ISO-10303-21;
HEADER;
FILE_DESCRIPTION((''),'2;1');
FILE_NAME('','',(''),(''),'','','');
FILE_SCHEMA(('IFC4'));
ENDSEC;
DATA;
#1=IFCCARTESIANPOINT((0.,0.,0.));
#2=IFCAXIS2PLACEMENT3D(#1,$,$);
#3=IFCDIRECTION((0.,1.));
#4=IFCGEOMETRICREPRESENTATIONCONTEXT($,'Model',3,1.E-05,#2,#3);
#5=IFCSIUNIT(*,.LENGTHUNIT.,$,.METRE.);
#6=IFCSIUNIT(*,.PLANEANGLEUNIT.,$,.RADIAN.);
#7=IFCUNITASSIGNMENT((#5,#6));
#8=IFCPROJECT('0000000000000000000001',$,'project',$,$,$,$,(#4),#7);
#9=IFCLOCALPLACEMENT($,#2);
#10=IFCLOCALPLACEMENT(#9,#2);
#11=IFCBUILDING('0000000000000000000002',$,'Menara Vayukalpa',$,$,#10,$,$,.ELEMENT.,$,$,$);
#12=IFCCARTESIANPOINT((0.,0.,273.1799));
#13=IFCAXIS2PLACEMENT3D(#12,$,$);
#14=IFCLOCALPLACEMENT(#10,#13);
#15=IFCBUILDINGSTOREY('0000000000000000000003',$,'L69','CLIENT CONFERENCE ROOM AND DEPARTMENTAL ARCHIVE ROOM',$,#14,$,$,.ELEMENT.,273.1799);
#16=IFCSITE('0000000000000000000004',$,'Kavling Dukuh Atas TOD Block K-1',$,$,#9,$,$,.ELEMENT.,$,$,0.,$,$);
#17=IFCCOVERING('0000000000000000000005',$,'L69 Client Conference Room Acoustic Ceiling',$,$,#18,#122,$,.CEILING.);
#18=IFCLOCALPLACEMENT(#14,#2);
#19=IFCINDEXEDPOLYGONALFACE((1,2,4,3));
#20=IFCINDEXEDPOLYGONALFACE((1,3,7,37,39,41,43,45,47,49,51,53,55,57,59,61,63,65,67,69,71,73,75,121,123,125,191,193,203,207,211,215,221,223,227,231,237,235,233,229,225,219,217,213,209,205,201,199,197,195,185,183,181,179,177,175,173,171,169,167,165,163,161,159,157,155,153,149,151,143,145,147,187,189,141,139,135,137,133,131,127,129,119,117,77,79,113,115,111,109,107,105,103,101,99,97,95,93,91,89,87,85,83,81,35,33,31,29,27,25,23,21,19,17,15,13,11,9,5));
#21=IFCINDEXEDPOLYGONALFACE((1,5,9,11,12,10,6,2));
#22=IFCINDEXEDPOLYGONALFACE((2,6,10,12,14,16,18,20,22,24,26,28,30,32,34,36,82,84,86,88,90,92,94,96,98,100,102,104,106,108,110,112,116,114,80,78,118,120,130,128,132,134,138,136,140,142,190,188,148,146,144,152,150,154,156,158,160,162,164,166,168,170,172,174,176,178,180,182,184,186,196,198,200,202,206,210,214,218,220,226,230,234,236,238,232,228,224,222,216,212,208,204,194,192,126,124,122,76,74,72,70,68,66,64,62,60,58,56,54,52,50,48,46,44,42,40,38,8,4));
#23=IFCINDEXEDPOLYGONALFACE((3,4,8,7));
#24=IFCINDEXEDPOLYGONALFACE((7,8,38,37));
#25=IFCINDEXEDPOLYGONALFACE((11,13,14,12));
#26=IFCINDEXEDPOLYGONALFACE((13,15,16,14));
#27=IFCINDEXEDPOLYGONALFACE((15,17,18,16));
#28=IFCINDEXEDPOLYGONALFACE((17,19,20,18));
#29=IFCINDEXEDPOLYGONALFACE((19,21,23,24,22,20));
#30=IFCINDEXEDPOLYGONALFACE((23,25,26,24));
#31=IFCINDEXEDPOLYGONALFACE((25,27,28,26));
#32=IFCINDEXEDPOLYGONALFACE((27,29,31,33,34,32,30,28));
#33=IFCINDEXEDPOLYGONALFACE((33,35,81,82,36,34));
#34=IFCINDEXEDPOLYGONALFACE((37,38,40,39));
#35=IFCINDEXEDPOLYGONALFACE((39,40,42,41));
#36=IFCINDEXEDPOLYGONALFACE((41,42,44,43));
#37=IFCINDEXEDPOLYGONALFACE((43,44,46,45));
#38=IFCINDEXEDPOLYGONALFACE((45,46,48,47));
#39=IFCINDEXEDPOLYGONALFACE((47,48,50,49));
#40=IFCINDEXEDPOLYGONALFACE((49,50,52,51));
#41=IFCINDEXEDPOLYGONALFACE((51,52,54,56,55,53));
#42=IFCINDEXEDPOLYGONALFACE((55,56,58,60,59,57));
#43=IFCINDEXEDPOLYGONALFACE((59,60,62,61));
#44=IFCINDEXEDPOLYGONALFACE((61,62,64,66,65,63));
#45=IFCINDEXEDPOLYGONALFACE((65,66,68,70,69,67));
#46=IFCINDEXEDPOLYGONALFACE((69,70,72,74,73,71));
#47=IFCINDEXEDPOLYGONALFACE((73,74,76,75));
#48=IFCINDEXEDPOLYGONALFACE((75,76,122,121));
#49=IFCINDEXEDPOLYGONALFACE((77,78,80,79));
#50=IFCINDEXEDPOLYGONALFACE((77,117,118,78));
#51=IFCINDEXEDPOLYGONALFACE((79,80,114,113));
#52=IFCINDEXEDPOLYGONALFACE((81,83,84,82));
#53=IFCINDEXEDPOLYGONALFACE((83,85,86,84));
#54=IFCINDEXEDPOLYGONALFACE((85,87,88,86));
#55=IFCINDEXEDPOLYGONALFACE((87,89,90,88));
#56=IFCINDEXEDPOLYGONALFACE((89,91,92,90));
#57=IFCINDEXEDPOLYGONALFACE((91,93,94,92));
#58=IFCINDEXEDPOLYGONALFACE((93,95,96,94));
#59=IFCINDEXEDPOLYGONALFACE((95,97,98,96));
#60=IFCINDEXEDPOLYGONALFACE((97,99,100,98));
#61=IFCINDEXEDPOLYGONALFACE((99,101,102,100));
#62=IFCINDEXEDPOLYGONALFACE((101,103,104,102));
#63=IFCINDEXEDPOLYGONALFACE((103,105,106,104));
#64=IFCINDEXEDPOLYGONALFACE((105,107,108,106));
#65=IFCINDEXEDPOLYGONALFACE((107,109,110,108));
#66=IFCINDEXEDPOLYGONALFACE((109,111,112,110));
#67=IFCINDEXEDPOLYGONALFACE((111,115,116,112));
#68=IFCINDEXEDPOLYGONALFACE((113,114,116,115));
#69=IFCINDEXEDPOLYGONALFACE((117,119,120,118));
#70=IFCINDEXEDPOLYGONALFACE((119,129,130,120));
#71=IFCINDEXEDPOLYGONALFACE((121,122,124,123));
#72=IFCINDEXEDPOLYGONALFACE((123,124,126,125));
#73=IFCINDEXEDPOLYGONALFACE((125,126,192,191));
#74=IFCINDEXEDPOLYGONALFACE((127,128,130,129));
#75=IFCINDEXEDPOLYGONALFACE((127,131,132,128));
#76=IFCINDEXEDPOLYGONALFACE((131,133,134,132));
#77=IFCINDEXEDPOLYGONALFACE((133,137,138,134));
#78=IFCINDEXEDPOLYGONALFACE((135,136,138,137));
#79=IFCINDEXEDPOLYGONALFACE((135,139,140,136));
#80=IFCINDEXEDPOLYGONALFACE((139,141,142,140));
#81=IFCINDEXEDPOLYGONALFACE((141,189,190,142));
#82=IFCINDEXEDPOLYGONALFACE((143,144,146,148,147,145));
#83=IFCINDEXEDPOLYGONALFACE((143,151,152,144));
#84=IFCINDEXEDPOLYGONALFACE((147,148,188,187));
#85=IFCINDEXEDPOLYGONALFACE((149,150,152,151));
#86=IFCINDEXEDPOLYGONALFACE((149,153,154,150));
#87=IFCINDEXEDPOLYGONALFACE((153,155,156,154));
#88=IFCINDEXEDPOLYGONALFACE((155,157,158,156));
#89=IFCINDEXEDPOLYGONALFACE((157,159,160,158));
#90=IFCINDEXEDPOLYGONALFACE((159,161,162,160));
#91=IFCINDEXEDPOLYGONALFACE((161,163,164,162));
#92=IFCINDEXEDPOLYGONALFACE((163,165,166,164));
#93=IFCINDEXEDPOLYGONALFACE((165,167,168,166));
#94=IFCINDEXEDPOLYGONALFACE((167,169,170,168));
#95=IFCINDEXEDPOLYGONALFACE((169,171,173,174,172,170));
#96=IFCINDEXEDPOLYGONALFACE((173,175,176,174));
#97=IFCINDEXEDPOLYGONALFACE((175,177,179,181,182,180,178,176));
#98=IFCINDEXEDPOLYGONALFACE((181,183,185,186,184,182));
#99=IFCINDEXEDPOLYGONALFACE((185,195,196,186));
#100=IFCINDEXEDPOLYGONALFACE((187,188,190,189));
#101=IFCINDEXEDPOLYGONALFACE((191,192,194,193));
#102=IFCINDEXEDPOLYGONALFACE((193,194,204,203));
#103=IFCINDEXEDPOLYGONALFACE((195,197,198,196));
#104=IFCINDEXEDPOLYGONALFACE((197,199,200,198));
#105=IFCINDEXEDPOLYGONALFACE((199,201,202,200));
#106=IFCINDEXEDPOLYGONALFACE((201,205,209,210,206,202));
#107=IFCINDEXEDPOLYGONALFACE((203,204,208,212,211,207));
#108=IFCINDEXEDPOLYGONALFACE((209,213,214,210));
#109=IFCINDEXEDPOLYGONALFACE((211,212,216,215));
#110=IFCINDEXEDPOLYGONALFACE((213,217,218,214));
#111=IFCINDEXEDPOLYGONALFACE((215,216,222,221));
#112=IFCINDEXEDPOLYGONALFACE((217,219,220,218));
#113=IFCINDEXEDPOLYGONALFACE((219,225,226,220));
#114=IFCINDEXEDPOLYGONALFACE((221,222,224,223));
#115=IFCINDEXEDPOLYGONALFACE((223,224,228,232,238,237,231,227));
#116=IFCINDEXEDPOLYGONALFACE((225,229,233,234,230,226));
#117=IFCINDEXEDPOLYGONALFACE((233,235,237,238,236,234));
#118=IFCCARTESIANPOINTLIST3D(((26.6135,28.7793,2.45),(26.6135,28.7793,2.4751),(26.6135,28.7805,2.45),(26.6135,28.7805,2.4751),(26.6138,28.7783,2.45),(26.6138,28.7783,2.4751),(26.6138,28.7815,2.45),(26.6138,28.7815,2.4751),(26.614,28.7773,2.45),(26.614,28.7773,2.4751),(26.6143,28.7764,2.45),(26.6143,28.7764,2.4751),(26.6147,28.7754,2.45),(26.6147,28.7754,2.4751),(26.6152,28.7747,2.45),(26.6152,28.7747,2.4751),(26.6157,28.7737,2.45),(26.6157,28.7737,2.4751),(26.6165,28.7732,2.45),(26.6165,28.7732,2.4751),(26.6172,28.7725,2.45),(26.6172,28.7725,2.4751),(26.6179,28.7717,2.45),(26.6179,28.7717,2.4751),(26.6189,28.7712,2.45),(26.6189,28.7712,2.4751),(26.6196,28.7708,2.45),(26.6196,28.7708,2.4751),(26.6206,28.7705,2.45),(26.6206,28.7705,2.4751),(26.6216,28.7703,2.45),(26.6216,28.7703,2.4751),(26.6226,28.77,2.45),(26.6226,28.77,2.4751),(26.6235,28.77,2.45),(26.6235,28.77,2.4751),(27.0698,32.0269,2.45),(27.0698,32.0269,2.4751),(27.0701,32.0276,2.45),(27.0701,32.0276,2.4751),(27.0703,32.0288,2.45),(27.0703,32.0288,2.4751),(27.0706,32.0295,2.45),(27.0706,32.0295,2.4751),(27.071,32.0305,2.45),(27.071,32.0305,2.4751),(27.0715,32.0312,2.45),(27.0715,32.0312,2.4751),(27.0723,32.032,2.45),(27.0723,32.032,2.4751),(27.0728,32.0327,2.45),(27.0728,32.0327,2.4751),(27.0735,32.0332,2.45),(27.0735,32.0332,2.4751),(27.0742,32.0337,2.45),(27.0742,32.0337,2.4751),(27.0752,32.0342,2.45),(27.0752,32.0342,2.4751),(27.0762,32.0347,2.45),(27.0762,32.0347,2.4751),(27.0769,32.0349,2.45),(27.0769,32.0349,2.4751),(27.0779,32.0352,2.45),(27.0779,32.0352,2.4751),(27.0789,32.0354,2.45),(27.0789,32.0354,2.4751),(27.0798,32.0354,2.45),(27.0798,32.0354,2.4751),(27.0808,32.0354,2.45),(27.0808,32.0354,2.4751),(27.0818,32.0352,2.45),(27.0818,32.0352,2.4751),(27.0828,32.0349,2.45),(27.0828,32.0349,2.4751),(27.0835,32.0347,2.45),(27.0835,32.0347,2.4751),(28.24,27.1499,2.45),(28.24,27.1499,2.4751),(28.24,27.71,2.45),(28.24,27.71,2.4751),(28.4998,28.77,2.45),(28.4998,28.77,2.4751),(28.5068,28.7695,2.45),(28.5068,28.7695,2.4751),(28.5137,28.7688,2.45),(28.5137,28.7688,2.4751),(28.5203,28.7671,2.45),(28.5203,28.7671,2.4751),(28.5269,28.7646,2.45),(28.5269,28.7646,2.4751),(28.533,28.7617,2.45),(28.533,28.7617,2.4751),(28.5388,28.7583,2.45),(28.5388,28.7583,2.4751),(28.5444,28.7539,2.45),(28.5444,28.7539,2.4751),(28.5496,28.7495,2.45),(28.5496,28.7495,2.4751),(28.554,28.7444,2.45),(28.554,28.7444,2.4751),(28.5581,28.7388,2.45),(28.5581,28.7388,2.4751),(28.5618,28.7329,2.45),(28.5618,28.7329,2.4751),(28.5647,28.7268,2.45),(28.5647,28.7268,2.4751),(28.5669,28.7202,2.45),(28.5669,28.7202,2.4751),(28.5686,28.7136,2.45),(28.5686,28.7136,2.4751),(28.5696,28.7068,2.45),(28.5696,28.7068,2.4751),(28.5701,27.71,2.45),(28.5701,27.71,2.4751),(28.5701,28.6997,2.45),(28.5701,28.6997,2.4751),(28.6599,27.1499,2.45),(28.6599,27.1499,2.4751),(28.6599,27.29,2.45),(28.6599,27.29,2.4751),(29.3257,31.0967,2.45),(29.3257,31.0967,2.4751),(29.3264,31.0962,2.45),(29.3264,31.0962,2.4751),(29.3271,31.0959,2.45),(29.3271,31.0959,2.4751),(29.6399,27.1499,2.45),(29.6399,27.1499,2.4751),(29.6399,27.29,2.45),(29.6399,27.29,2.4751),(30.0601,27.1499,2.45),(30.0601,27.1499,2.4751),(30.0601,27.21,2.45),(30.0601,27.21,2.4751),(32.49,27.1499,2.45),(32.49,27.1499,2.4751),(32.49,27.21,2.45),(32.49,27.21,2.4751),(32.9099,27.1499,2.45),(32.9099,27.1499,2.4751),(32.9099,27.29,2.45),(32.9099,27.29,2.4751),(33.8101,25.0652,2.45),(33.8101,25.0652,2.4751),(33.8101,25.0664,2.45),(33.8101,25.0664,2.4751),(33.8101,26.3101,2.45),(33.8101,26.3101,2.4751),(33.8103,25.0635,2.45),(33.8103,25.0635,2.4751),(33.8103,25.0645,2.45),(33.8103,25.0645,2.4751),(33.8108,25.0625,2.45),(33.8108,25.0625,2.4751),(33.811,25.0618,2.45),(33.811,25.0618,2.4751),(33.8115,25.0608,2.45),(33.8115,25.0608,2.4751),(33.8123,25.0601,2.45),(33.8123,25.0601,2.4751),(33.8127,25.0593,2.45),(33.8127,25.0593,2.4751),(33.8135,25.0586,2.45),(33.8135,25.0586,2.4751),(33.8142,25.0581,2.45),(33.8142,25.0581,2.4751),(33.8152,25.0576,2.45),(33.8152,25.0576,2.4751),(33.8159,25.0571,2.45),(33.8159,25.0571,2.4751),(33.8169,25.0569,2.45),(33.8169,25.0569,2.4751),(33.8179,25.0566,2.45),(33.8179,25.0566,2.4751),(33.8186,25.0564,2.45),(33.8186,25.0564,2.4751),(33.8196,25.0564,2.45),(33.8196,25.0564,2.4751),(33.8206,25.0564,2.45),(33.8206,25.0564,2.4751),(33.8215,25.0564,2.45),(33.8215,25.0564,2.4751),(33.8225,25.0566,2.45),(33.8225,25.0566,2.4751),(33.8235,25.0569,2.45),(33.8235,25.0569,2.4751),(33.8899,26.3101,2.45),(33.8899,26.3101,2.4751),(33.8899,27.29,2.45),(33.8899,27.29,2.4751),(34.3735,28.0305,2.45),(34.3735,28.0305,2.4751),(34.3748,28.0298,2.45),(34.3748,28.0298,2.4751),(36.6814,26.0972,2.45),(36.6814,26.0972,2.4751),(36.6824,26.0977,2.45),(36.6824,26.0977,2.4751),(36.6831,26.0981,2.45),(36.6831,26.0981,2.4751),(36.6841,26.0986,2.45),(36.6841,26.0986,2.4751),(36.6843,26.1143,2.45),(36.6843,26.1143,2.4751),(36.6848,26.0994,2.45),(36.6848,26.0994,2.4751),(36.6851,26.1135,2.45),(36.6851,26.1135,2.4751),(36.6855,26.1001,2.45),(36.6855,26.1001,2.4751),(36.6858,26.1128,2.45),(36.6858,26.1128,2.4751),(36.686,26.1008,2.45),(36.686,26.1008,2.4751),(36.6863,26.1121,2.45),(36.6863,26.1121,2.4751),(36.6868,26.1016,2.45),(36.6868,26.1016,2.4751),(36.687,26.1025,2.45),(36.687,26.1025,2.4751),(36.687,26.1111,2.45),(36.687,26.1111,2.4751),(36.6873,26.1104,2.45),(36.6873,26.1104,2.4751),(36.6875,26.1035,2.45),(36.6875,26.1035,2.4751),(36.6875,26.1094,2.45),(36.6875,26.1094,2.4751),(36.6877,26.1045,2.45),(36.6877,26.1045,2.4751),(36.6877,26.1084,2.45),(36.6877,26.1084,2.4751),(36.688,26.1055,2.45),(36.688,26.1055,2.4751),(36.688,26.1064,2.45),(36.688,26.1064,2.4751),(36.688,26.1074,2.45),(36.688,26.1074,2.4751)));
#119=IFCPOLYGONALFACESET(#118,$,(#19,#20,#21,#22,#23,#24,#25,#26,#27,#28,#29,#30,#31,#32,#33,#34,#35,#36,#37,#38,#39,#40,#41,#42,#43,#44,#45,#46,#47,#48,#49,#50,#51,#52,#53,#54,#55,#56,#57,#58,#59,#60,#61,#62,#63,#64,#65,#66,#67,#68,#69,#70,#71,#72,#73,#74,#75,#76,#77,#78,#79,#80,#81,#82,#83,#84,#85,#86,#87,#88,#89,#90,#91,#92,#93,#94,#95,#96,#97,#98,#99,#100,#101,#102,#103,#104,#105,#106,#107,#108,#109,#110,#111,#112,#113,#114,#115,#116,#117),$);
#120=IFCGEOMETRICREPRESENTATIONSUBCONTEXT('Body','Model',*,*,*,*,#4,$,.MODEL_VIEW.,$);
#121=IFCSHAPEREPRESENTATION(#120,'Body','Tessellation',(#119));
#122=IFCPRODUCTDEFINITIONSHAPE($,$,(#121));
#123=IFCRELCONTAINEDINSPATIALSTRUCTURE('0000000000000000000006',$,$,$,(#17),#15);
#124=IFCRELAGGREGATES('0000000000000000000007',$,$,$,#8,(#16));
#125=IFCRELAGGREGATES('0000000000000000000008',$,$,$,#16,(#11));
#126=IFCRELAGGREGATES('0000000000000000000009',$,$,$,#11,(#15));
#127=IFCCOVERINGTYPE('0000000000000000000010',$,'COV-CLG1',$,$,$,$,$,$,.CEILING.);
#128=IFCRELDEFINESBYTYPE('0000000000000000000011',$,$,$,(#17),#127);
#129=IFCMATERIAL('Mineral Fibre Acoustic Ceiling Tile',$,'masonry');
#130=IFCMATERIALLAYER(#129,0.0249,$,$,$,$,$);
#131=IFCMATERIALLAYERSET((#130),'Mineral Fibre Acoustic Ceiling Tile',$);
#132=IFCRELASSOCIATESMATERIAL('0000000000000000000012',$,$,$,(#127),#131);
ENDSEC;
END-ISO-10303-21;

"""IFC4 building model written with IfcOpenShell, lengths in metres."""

from ifc_helpers import new_model, si_unit, direction, frame, origin, place, context, subcontext, project, spatial, polyline, outline, extrude, material, layer, layer_set, type_object, element, save


model = new_model("IFC4")

# Units and contexts
model_context = context("Model", 3, precision=1e-05, world=origin(), true_north=direction((0.0, 1.0)))
body_context = subcontext(model_context, "Body", "Model", "MODEL_VIEW")
ifc_project = project(units=[si_unit("LENGTHUNIT", "METRE"), si_unit("PLANEANGLEUNIT", "RADIAN")], contexts=[model_context])

# Site, building, storey
site_placement = place(None, origin())
site = spatial("IfcSite", under=ifc_project, at=site_placement, Name="Kavling Dukuh Atas TOD Block K-1", CompositionType="ELEMENT", RefElevation=0.0)
building_placement = place(site_placement, origin())
building = spatial("IfcBuilding", under=site, at=building_placement, Name="Menara Vayukalpa", CompositionType="ELEMENT")
storey_placement = place(building_placement, frame((0.0, 0.0, 273.1799)))
storey = spatial("IfcBuildingStorey", under=building, at=storey_placement, Name="L69", Description="CLIENT CONFERENCE ROOM AND DEPARTMENTAL ARCHIVE ROOM", CompositionType="ELEMENT", Elevation=273.1799)

# Covering
ifc_material_1 = material(Name="Mineral Fibre Acoustic Ceiling Tile", Category="masonry")
ifc_layer_1 = layer(ifc_material_1, 0.0249)
ifc_layer_set_1 = layer_set([ifc_layer_1], Name="Mineral Fibre Acoustic Ceiling Tile")
covering_type_1 = type_object("IfcCoveringType", Name="COV-CLG1", PredefinedType="CEILING", material=ifc_layer_set_1)
covering_1_placement = place(storey_placement, frame((0.0, 0.0, 2.45)))
element("IfcCovering", 1, at=covering_1_placement, inside=storey, type_object=covering_type_1, Name="L69 Client Conference Room Acoustic Ceiling", PredefinedType="CEILING", context=body_context, shape_type="SweptSolid", body=[
    extrude(outline(polyline([(28.5701, 28.6997), (28.5696, 28.7068), (28.5686, 28.7136), (28.5669, 28.7202), (28.5647, 28.7268), (28.5618, 28.7329), (28.5581, 28.7388), (28.554, 28.7444), (28.5496, 28.7495), (28.5444, 28.7539), (28.5388, 28.7583), (28.533, 28.7617), (28.5269, 28.7646), (28.5203, 28.7671), (28.5137, 28.7688), (28.5068, 28.7695), (28.4998, 28.77), (26.6235, 28.77), (26.6226, 28.77), (26.6216, 28.7703), (26.6206, 28.7705), (26.6196, 28.7708), (26.6189, 28.7712), (26.6179, 28.7717), (26.6172, 28.7725), (26.6165, 28.7732), (26.6157, 28.7737), (26.6152, 28.7747), (26.6147, 28.7754), (26.6143, 28.7764), (26.614, 28.7773), (26.6138, 28.7783), (26.6135, 28.7793), (26.6135, 28.7805), (26.6138, 28.7815), (27.0698, 32.0269), (27.0701, 32.0276), (27.0703, 32.0288), (27.0706, 32.0295), (27.071, 32.0305), (27.0715, 32.0312), (27.0723, 32.032), (27.0728, 32.0327), (27.0735, 32.0332), (27.0742, 32.0337), (27.0752, 32.0342), (27.0762, 32.0347), (27.0769, 32.0349), (27.0779, 32.0352), (27.0789, 32.0354), (27.0798, 32.0354), (27.0808, 32.0354), (27.0818, 32.0352), (27.0828, 32.0349), (27.0835, 32.0347), (29.3257, 31.0967), (29.3264, 31.0962), (29.3271, 31.0959), (34.3735, 28.0305), (34.3748, 28.0298), (36.6843, 26.1143), (36.6851, 26.1135), (36.6858, 26.1128), (36.6863, 26.1121), (36.687, 26.1111), (36.6873, 26.1104), (36.6875, 26.1094), (36.6877, 26.1084), (36.688, 26.1074), (36.688, 26.1064), (36.688, 26.1055), (36.6877, 26.1045), (36.6875, 26.1035), (36.687, 26.1025), (36.6868, 26.1016), (36.686, 26.1008), (36.6855, 26.1001), (36.6848, 26.0994), (36.6841, 26.0986), (36.6831, 26.0981), (36.6824, 26.0977), (36.6814, 26.0972), (33.8235, 25.0569), (33.8225, 25.0566), (33.8215, 25.0564), (33.8206, 25.0564), (33.8196, 25.0564), (33.8186, 25.0564), (33.8179, 25.0566), (33.8169, 25.0569), (33.8159, 25.0571), (33.8152, 25.0576), (33.8142, 25.0581), (33.8135, 25.0586), (33.8127, 25.0593), (33.8123, 25.0601), (33.8115, 25.0608), (33.811, 25.0618), (33.8108, 25.0625), (33.8103, 25.0635), (33.8103, 25.0645), (33.8101, 25.0652), (33.8101, 25.0664), (33.8101, 26.3101), (33.8899, 26.3101), (33.8899, 27.29), (32.9099, 27.29), (32.9099, 27.1499), (32.49, 27.1499), (32.49, 27.21), (30.0601, 27.21), (30.0601, 27.1499), (29.6399, 27.1499), (29.6399, 27.29), (28.6599, 27.29), (28.6599, 27.1499), (28.24, 27.1499), (28.24, 27.71), (28.5701, 27.71), (28.5701, 28.6997)])), origin(), (0.0, 0.0, 1.0), 0.0251),
])

save(model, "model.ifc")
